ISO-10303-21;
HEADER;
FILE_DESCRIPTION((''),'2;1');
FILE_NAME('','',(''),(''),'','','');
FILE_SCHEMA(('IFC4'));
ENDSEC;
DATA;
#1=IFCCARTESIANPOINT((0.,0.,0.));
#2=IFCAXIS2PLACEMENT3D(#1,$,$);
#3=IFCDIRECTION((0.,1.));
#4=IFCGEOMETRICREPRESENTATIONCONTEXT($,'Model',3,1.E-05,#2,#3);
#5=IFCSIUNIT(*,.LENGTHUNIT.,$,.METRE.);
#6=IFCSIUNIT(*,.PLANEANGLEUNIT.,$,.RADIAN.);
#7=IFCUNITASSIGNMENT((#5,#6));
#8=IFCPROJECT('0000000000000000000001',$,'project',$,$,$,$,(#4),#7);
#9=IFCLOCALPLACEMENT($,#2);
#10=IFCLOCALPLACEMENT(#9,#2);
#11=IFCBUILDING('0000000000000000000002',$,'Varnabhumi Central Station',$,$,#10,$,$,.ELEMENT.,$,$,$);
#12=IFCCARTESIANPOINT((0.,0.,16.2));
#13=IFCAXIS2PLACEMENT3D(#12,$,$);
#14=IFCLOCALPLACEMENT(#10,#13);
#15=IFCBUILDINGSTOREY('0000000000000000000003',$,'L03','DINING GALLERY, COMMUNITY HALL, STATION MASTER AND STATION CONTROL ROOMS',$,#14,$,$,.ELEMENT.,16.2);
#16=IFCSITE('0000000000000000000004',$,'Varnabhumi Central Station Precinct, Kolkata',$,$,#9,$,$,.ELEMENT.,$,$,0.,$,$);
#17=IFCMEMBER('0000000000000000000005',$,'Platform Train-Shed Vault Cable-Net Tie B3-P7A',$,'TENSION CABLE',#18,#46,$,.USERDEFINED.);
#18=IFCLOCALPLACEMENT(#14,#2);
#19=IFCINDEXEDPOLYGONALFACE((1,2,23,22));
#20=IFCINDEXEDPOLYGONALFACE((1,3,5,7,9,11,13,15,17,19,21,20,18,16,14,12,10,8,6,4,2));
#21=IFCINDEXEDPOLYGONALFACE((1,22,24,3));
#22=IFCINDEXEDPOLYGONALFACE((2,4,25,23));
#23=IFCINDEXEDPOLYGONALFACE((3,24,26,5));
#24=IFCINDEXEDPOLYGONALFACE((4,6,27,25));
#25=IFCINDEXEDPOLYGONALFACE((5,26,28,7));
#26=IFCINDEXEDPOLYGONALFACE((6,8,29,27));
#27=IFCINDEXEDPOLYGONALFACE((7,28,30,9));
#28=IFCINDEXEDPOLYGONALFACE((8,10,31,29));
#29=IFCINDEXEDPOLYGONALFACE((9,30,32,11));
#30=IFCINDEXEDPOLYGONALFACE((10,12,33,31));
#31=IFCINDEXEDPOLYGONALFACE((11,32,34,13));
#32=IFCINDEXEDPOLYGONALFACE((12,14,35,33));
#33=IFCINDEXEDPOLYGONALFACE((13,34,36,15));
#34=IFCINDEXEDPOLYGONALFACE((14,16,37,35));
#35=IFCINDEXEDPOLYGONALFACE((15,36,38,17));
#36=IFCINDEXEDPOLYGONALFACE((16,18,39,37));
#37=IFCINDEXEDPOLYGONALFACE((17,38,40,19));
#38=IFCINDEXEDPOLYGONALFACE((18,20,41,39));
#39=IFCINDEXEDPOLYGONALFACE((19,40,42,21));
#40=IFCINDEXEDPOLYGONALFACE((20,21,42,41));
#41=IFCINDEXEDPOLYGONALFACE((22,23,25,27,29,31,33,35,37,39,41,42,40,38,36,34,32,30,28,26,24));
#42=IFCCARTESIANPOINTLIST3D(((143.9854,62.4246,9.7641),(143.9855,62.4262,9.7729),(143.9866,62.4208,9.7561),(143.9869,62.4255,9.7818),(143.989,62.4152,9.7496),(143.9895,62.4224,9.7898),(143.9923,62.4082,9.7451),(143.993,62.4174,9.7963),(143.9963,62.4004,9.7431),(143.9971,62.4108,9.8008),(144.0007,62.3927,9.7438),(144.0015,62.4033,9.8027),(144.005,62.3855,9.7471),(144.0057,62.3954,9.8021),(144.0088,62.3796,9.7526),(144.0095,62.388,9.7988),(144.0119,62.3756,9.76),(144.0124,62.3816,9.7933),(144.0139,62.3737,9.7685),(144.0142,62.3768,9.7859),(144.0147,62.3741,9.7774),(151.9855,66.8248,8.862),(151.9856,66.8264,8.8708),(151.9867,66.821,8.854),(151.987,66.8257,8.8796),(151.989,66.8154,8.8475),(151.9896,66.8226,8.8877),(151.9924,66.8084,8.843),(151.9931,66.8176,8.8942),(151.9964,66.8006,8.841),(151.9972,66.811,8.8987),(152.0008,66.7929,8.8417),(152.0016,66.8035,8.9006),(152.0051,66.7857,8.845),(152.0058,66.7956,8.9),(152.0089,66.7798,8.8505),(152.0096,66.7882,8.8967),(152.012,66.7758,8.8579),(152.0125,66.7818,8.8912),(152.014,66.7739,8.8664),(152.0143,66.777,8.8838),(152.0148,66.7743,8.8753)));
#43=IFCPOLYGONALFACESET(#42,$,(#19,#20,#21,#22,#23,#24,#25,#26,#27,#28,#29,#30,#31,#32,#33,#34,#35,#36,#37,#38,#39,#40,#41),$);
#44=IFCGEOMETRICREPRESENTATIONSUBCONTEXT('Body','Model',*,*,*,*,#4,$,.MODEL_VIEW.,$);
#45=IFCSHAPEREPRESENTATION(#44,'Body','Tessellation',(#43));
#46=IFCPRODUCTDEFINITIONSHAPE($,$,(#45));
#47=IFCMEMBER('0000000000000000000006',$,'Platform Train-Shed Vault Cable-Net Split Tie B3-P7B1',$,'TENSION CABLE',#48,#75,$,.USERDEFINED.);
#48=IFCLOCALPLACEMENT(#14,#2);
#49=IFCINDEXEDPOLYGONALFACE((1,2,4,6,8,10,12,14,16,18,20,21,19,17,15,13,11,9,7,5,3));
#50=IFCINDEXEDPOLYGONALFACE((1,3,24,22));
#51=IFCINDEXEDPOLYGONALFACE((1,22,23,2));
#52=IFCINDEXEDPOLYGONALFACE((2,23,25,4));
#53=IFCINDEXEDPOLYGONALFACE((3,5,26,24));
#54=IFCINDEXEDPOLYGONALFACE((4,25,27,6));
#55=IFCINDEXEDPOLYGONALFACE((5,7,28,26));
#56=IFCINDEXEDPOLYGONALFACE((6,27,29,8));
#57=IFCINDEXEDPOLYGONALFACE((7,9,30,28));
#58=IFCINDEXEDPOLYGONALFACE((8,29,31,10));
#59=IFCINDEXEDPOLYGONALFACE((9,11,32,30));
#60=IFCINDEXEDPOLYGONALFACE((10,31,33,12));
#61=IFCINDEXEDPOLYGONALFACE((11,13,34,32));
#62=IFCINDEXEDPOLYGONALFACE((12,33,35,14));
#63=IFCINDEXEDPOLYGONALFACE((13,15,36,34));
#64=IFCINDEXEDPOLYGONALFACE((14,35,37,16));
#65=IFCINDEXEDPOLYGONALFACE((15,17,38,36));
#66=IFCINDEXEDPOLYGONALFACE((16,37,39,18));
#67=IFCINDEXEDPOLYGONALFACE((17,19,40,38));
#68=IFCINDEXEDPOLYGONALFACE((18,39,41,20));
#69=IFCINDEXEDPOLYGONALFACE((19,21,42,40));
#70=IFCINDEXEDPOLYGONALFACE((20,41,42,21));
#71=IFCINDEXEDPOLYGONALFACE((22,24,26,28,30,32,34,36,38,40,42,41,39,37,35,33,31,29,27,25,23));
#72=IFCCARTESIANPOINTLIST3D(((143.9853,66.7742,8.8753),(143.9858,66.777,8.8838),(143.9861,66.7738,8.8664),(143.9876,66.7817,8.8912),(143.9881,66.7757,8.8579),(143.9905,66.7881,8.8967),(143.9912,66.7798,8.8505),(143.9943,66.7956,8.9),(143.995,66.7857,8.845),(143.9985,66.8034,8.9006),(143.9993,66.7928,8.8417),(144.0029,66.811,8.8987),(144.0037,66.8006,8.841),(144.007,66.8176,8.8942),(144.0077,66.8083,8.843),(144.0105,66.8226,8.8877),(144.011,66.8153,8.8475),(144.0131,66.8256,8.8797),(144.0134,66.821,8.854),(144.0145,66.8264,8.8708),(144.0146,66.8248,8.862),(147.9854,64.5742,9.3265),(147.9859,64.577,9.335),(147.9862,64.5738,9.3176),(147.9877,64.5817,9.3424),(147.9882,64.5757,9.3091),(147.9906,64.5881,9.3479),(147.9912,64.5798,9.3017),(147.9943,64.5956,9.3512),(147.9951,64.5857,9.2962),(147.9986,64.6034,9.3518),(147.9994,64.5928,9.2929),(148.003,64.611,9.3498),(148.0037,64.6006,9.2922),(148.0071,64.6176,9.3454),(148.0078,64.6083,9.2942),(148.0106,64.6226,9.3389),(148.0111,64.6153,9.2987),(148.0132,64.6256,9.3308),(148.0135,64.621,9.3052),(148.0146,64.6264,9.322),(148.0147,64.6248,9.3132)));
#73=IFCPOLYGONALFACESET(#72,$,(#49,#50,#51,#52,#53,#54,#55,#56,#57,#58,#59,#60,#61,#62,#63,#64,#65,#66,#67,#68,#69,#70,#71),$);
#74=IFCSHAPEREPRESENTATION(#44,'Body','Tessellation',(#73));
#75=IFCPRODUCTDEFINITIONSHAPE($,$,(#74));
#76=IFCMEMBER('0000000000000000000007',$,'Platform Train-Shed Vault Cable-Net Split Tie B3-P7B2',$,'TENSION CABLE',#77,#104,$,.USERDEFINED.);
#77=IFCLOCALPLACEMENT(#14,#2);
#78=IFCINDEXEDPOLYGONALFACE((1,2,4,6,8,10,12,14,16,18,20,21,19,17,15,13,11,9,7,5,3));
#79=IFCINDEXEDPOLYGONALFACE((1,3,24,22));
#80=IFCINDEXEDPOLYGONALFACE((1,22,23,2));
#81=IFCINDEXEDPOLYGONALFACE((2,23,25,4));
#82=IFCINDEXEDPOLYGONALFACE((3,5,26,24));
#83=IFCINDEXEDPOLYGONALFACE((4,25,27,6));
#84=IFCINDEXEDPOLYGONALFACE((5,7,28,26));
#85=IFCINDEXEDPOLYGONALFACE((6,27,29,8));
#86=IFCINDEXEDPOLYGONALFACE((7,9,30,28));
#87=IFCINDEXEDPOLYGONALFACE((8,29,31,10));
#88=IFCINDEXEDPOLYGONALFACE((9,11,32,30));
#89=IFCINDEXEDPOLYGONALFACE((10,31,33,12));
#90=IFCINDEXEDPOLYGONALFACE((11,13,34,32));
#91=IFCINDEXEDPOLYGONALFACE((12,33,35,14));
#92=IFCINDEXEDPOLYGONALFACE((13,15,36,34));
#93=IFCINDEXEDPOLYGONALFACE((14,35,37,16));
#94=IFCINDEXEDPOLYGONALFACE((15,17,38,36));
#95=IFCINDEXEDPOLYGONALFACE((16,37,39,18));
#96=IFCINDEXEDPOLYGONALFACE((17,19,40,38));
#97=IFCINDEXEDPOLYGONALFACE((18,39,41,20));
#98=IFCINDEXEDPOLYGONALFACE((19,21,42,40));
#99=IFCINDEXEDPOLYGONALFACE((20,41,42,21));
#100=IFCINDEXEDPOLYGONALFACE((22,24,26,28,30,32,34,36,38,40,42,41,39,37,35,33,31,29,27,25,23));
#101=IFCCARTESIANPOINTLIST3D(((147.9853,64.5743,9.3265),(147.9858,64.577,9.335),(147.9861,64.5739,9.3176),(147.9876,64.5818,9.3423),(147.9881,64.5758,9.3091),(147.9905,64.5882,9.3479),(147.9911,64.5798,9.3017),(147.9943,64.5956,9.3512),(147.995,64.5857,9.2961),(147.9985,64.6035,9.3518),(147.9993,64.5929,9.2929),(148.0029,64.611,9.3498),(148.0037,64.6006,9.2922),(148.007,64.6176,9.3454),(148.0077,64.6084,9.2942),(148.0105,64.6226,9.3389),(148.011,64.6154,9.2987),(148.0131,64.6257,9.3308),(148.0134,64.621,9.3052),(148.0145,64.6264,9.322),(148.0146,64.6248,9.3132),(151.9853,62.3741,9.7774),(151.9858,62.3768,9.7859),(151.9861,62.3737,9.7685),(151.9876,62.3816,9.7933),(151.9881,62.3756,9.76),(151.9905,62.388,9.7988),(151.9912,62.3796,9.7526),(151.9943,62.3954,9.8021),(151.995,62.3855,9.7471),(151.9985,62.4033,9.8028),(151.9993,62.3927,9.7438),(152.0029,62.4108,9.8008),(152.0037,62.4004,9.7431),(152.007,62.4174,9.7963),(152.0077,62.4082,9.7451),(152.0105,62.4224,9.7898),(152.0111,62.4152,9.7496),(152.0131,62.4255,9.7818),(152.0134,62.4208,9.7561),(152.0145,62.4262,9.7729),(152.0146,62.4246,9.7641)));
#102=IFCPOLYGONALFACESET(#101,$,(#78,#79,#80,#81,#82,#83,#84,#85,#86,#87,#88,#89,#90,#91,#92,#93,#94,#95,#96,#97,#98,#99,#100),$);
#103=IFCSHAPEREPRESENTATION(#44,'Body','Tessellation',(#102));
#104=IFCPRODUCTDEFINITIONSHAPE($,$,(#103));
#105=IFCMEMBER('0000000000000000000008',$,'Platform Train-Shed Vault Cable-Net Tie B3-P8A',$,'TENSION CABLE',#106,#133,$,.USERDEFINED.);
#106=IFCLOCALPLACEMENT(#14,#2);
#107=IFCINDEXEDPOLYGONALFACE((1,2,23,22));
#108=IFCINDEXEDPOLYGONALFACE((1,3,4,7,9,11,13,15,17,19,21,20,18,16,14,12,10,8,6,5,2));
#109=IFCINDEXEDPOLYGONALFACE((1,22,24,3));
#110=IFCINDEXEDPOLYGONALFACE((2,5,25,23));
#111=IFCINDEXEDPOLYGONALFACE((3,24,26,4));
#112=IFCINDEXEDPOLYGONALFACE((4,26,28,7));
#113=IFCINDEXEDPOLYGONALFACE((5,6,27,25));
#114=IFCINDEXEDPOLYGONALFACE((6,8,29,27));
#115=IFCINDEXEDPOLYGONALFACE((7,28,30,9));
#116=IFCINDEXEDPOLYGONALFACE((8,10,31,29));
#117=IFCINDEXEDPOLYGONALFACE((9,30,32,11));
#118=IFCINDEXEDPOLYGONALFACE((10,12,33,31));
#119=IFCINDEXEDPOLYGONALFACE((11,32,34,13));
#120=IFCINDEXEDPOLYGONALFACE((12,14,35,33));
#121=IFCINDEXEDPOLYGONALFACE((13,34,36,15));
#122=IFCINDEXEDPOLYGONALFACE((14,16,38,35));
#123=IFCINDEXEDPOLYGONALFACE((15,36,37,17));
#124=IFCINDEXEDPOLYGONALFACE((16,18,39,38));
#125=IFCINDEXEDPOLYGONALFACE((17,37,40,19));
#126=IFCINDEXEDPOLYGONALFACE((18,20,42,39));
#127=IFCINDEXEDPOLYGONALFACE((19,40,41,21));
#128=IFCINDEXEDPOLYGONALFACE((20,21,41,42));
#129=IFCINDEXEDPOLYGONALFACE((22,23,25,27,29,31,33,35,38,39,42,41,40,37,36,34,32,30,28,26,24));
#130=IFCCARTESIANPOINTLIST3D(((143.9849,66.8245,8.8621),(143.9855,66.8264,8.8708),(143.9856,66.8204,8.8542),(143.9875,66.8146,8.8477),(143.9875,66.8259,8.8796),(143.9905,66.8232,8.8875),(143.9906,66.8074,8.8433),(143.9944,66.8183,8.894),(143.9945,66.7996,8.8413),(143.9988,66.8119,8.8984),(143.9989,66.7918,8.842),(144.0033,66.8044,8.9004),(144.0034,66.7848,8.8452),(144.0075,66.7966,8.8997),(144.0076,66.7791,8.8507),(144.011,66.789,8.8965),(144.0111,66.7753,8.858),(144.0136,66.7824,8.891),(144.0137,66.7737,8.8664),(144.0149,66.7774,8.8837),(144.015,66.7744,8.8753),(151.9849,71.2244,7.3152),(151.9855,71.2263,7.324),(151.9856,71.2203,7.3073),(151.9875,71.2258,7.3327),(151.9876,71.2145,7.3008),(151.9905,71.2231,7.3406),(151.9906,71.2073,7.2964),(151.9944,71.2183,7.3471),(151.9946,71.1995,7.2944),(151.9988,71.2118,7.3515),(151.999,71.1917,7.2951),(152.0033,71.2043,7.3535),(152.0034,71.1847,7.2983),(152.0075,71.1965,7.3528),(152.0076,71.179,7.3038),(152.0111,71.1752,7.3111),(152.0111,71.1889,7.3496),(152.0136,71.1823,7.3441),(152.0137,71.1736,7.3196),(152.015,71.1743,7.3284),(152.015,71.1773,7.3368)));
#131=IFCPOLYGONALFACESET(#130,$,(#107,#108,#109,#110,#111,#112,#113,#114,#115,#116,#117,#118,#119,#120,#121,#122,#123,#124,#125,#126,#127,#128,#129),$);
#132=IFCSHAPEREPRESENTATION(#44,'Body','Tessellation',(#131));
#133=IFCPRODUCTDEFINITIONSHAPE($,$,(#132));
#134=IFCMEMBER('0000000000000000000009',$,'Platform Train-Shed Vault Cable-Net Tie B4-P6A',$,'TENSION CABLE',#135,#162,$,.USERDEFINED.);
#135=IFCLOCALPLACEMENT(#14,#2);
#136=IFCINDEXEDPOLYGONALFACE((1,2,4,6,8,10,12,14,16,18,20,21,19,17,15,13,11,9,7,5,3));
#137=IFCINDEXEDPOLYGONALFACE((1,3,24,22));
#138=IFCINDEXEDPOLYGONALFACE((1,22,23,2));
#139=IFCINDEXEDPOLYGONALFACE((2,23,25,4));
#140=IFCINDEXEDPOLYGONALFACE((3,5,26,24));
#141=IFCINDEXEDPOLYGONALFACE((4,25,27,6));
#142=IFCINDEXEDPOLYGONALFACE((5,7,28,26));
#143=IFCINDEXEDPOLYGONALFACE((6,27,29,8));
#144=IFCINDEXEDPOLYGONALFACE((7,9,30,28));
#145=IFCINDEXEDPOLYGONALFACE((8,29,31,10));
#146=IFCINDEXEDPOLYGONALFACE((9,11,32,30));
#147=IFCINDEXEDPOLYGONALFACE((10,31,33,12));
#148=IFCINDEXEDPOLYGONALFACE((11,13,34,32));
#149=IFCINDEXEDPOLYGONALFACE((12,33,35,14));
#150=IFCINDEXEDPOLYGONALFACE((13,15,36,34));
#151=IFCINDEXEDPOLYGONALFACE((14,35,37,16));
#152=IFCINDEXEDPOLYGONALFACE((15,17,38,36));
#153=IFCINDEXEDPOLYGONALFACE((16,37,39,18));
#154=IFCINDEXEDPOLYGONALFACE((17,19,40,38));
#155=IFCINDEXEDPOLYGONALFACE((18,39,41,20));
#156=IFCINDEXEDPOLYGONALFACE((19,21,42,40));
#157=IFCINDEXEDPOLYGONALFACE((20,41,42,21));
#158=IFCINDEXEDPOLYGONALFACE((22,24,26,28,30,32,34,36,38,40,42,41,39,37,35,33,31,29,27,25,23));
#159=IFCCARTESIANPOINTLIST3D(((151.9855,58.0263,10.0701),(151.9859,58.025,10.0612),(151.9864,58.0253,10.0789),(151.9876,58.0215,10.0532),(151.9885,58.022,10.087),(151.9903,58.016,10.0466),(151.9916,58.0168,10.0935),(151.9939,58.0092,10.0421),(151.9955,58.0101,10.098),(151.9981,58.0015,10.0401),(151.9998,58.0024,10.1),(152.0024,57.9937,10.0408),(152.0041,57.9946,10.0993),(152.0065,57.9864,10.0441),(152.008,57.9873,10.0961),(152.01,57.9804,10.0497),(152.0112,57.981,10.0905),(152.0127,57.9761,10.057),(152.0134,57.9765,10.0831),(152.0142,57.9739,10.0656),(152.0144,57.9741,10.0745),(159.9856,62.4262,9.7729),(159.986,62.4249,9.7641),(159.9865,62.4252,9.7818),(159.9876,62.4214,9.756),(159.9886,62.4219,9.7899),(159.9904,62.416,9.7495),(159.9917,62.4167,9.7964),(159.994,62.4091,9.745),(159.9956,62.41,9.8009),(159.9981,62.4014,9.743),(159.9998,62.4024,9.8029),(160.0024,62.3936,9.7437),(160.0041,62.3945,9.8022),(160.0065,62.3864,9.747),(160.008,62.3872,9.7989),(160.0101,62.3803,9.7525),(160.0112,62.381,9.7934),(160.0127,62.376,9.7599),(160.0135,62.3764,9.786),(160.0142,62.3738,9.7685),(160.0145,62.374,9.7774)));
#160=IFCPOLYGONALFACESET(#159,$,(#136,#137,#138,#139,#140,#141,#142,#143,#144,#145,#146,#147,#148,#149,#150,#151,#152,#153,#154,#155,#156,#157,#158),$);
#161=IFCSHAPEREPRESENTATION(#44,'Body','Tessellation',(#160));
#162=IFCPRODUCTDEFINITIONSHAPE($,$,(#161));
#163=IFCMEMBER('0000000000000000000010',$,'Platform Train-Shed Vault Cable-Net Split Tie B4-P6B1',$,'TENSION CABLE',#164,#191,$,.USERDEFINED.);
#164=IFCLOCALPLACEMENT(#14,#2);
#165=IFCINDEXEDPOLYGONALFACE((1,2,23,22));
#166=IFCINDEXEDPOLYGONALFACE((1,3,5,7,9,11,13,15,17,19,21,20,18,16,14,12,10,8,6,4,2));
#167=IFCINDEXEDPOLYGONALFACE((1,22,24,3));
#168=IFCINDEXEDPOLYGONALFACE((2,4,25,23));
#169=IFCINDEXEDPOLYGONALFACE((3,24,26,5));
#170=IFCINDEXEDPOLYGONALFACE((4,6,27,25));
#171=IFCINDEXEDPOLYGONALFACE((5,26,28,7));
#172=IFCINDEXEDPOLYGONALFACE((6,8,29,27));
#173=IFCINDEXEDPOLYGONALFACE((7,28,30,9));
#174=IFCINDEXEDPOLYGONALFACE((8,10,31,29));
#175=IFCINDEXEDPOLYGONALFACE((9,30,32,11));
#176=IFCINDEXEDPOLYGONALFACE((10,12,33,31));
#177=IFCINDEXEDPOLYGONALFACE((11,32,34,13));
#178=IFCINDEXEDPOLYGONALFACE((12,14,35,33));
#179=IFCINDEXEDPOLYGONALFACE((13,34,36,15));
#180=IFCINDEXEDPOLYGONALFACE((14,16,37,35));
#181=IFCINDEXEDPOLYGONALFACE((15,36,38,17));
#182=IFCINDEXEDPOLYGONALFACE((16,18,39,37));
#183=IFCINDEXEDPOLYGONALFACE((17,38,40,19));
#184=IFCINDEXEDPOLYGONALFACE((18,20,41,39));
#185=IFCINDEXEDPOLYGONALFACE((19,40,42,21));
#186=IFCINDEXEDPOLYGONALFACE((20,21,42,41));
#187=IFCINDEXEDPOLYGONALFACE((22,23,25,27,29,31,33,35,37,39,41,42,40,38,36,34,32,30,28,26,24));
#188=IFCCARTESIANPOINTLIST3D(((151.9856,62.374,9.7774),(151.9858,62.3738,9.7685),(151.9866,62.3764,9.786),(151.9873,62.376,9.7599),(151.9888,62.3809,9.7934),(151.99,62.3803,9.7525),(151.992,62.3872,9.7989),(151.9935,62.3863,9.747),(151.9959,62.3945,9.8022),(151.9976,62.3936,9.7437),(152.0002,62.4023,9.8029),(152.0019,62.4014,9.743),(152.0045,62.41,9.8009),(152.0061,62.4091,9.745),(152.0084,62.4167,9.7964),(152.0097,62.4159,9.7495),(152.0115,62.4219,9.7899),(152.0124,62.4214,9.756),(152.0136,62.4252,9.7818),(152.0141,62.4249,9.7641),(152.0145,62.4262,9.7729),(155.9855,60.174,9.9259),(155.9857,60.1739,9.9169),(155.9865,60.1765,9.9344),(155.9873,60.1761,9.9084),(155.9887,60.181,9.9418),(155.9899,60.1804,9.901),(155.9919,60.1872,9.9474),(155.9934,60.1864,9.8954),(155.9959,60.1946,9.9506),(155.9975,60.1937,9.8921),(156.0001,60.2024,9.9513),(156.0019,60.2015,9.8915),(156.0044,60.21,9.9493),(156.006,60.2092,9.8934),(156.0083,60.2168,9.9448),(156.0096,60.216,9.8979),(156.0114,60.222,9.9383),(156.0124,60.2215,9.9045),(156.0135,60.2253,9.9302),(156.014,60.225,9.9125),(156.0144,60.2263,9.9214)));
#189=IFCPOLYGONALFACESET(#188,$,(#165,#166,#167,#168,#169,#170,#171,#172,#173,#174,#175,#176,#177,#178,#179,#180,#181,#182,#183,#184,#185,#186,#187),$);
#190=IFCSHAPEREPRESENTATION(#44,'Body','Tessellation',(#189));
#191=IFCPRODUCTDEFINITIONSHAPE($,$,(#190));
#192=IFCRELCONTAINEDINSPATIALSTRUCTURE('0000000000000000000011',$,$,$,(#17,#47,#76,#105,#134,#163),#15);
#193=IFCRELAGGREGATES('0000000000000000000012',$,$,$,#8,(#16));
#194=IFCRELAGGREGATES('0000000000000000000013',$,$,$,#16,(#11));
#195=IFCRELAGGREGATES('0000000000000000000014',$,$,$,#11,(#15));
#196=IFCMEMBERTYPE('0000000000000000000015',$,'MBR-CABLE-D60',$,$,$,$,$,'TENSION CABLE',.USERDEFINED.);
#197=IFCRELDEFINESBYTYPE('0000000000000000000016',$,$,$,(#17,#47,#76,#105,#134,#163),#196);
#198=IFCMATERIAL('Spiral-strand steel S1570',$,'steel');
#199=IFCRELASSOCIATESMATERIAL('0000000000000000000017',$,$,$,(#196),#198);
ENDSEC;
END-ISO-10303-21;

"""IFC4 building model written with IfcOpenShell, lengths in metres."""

from ifc_helpers import new_model, si_unit, direction, frame, origin, origin_2d, place, context, subcontext, project, spatial, circle, extrude, material, material_profile, profile_set, type_object, element, save


model = new_model("IFC4")

# Units and contexts
model_context = context("Model", 3, precision=1e-05, world=origin(), true_north=direction((0.0, 1.0)))
body_context = subcontext(model_context, "Body", "Model", "MODEL_VIEW")
ifc_project = project(units=[si_unit("LENGTHUNIT", "METRE"), si_unit("PLANEANGLEUNIT", "RADIAN")], contexts=[model_context])

# Site, building, storey
site_placement = place(None, origin())
site = spatial("IfcSite", under=ifc_project, at=site_placement, Name="Varnabhumi Central Station Precinct, Kolkata", CompositionType="ELEMENT", RefElevation=0.0)
building_placement = place(site_placement, origin())
building = spatial("IfcBuilding", under=site, at=building_placement, Name="Varnabhumi Central Station", CompositionType="ELEMENT")
storey_placement = place(building_placement, frame((0.0, 0.0, 16.2)))
storey = spatial("IfcBuildingStorey", under=building, at=storey_placement, Name="L03", Description="DINING GALLERY, COMMUNITY HALL, STATION MASTER AND STATION CONTROL ROOMS", CompositionType="ELEMENT", Elevation=16.2)

# Members
ifc_material_1 = material(Name="Spiral-strand steel S1570", Category="steel")
ifc_material_profile_1 = material_profile(ifc_material_1, circle(Radius=0.03, at=origin_2d()), Name="Spiral-strand steel S1570", Category="steel")
ifc_profile_set_1 = profile_set([ifc_material_profile_1], Name="Spiral-strand steel S1570")
member_type = type_object("IfcMemberType", Name="MBR-CABLE-D60", ElementType="TENSION CABLE", PredefinedType="USERDEFINED", material=ifc_profile_set_1)
member_1_placement = place(storey_placement, frame((144.0, 62.3999, 9.7729), z_axis=(0.871963, 0.479596, -0.098325), x_axis=(-0.481931, 0.876209, 0.0)))
element("IfcMember", 1, at=member_1_placement, inside=storey, type_object=member_type, Name="Platform Train-Shed Vault Cable-Net Tie B3-P7A", ObjectType="TENSION CABLE", PredefinedType="USERDEFINED", context=body_context, shape_type="SweptSolid", body=[
    extrude(circle(Radius=0.03, at=origin_2d()), origin(), (0.0, 0.0, 1.0), 9.1748),
])
for number, where, z_axis, x_axis, name in (
    (2, (144.0, 66.8, 8.8708), (0.871972, -0.479574, 0.098352), (0.481911, 0.87622, 0.0), "Platform Train-Shed Vault Cable-Net Split Tie B3-P7B1"),
    (3, (148.0, 64.6001, 9.322), (0.871955, -0.479618, 0.098297), (0.481952, 0.876198, 0.0), "Platform Train-Shed Vault Cable-Net Split Tie B3-P7B2"),
):
    element("IfcMember", number, at=place(storey_placement, frame(where, z_axis=z_axis, x_axis=x_axis)), inside=storey, type_object=member_type, Name=name, ObjectType="TENSION CABLE", PredefinedType="USERDEFINED", context=body_context, shape_type="SweptSolid", body=[
        extrude(circle(Radius=0.03, at=origin_2d()), origin(), (0.0, 0.0, 1.0), 4.5874),
    ])
member_2_placement = place(storey_placement, frame((144.0, 66.8, 8.8708), z_axis=(0.863909, 0.475139, -0.167045), x_axis=(-0.481911, 0.87622, 0.0)))
element("IfcMember", 4, at=member_2_placement, inside=storey, type_object=member_type, Name="Platform Train-Shed Vault Cable-Net Tie B3-P8A", ObjectType="TENSION CABLE", PredefinedType="USERDEFINED", context=body_context, shape_type="SweptSolid", body=[
    extrude(circle(Radius=0.03, at=origin_2d()), origin(), (0.0, 0.0, 1.0), 9.2603),
])
member_3_placement = place(storey_placement, frame((152.0, 58.0, 10.0701), z_axis=(0.875757, 0.481656, -0.032526), x_axis=(-0.481911, 0.87622, 0.0)))
element("IfcMember", 5, at=member_3_placement, inside=storey, type_object=member_type, Name="Platform Train-Shed Vault Cable-Net Tie B4-P6A", ObjectType="TENSION CABLE", PredefinedType="USERDEFINED", context=body_context, shape_type="SweptSolid", body=[
    extrude(circle(Radius=0.03, at=origin_2d()), origin(), (0.0, 0.0, 1.0), 9.135),
])
for number, where, z_axis, x_axis, name in (
    (6, (152.0, 62.3999, 9.7729), (0.875758, -0.481656, 0.032499), (0.481911, 0.87622, 0.0), "Platform Train-Shed Vault Cable-Net Split Tie B4-P6B1"),
):
    element("IfcMember", number, at=place(storey_placement, frame(where, z_axis=z_axis, x_axis=x_axis)), inside=storey, type_object=member_type, Name=name, ObjectType="TENSION CABLE", PredefinedType="USERDEFINED", context=body_context, shape_type="SweptSolid", body=[
        extrude(circle(Radius=0.03, at=origin_2d()), origin(), (0.0, 0.0, 1.0), 4.5674),
    ])

save(model, "model.ifc")
